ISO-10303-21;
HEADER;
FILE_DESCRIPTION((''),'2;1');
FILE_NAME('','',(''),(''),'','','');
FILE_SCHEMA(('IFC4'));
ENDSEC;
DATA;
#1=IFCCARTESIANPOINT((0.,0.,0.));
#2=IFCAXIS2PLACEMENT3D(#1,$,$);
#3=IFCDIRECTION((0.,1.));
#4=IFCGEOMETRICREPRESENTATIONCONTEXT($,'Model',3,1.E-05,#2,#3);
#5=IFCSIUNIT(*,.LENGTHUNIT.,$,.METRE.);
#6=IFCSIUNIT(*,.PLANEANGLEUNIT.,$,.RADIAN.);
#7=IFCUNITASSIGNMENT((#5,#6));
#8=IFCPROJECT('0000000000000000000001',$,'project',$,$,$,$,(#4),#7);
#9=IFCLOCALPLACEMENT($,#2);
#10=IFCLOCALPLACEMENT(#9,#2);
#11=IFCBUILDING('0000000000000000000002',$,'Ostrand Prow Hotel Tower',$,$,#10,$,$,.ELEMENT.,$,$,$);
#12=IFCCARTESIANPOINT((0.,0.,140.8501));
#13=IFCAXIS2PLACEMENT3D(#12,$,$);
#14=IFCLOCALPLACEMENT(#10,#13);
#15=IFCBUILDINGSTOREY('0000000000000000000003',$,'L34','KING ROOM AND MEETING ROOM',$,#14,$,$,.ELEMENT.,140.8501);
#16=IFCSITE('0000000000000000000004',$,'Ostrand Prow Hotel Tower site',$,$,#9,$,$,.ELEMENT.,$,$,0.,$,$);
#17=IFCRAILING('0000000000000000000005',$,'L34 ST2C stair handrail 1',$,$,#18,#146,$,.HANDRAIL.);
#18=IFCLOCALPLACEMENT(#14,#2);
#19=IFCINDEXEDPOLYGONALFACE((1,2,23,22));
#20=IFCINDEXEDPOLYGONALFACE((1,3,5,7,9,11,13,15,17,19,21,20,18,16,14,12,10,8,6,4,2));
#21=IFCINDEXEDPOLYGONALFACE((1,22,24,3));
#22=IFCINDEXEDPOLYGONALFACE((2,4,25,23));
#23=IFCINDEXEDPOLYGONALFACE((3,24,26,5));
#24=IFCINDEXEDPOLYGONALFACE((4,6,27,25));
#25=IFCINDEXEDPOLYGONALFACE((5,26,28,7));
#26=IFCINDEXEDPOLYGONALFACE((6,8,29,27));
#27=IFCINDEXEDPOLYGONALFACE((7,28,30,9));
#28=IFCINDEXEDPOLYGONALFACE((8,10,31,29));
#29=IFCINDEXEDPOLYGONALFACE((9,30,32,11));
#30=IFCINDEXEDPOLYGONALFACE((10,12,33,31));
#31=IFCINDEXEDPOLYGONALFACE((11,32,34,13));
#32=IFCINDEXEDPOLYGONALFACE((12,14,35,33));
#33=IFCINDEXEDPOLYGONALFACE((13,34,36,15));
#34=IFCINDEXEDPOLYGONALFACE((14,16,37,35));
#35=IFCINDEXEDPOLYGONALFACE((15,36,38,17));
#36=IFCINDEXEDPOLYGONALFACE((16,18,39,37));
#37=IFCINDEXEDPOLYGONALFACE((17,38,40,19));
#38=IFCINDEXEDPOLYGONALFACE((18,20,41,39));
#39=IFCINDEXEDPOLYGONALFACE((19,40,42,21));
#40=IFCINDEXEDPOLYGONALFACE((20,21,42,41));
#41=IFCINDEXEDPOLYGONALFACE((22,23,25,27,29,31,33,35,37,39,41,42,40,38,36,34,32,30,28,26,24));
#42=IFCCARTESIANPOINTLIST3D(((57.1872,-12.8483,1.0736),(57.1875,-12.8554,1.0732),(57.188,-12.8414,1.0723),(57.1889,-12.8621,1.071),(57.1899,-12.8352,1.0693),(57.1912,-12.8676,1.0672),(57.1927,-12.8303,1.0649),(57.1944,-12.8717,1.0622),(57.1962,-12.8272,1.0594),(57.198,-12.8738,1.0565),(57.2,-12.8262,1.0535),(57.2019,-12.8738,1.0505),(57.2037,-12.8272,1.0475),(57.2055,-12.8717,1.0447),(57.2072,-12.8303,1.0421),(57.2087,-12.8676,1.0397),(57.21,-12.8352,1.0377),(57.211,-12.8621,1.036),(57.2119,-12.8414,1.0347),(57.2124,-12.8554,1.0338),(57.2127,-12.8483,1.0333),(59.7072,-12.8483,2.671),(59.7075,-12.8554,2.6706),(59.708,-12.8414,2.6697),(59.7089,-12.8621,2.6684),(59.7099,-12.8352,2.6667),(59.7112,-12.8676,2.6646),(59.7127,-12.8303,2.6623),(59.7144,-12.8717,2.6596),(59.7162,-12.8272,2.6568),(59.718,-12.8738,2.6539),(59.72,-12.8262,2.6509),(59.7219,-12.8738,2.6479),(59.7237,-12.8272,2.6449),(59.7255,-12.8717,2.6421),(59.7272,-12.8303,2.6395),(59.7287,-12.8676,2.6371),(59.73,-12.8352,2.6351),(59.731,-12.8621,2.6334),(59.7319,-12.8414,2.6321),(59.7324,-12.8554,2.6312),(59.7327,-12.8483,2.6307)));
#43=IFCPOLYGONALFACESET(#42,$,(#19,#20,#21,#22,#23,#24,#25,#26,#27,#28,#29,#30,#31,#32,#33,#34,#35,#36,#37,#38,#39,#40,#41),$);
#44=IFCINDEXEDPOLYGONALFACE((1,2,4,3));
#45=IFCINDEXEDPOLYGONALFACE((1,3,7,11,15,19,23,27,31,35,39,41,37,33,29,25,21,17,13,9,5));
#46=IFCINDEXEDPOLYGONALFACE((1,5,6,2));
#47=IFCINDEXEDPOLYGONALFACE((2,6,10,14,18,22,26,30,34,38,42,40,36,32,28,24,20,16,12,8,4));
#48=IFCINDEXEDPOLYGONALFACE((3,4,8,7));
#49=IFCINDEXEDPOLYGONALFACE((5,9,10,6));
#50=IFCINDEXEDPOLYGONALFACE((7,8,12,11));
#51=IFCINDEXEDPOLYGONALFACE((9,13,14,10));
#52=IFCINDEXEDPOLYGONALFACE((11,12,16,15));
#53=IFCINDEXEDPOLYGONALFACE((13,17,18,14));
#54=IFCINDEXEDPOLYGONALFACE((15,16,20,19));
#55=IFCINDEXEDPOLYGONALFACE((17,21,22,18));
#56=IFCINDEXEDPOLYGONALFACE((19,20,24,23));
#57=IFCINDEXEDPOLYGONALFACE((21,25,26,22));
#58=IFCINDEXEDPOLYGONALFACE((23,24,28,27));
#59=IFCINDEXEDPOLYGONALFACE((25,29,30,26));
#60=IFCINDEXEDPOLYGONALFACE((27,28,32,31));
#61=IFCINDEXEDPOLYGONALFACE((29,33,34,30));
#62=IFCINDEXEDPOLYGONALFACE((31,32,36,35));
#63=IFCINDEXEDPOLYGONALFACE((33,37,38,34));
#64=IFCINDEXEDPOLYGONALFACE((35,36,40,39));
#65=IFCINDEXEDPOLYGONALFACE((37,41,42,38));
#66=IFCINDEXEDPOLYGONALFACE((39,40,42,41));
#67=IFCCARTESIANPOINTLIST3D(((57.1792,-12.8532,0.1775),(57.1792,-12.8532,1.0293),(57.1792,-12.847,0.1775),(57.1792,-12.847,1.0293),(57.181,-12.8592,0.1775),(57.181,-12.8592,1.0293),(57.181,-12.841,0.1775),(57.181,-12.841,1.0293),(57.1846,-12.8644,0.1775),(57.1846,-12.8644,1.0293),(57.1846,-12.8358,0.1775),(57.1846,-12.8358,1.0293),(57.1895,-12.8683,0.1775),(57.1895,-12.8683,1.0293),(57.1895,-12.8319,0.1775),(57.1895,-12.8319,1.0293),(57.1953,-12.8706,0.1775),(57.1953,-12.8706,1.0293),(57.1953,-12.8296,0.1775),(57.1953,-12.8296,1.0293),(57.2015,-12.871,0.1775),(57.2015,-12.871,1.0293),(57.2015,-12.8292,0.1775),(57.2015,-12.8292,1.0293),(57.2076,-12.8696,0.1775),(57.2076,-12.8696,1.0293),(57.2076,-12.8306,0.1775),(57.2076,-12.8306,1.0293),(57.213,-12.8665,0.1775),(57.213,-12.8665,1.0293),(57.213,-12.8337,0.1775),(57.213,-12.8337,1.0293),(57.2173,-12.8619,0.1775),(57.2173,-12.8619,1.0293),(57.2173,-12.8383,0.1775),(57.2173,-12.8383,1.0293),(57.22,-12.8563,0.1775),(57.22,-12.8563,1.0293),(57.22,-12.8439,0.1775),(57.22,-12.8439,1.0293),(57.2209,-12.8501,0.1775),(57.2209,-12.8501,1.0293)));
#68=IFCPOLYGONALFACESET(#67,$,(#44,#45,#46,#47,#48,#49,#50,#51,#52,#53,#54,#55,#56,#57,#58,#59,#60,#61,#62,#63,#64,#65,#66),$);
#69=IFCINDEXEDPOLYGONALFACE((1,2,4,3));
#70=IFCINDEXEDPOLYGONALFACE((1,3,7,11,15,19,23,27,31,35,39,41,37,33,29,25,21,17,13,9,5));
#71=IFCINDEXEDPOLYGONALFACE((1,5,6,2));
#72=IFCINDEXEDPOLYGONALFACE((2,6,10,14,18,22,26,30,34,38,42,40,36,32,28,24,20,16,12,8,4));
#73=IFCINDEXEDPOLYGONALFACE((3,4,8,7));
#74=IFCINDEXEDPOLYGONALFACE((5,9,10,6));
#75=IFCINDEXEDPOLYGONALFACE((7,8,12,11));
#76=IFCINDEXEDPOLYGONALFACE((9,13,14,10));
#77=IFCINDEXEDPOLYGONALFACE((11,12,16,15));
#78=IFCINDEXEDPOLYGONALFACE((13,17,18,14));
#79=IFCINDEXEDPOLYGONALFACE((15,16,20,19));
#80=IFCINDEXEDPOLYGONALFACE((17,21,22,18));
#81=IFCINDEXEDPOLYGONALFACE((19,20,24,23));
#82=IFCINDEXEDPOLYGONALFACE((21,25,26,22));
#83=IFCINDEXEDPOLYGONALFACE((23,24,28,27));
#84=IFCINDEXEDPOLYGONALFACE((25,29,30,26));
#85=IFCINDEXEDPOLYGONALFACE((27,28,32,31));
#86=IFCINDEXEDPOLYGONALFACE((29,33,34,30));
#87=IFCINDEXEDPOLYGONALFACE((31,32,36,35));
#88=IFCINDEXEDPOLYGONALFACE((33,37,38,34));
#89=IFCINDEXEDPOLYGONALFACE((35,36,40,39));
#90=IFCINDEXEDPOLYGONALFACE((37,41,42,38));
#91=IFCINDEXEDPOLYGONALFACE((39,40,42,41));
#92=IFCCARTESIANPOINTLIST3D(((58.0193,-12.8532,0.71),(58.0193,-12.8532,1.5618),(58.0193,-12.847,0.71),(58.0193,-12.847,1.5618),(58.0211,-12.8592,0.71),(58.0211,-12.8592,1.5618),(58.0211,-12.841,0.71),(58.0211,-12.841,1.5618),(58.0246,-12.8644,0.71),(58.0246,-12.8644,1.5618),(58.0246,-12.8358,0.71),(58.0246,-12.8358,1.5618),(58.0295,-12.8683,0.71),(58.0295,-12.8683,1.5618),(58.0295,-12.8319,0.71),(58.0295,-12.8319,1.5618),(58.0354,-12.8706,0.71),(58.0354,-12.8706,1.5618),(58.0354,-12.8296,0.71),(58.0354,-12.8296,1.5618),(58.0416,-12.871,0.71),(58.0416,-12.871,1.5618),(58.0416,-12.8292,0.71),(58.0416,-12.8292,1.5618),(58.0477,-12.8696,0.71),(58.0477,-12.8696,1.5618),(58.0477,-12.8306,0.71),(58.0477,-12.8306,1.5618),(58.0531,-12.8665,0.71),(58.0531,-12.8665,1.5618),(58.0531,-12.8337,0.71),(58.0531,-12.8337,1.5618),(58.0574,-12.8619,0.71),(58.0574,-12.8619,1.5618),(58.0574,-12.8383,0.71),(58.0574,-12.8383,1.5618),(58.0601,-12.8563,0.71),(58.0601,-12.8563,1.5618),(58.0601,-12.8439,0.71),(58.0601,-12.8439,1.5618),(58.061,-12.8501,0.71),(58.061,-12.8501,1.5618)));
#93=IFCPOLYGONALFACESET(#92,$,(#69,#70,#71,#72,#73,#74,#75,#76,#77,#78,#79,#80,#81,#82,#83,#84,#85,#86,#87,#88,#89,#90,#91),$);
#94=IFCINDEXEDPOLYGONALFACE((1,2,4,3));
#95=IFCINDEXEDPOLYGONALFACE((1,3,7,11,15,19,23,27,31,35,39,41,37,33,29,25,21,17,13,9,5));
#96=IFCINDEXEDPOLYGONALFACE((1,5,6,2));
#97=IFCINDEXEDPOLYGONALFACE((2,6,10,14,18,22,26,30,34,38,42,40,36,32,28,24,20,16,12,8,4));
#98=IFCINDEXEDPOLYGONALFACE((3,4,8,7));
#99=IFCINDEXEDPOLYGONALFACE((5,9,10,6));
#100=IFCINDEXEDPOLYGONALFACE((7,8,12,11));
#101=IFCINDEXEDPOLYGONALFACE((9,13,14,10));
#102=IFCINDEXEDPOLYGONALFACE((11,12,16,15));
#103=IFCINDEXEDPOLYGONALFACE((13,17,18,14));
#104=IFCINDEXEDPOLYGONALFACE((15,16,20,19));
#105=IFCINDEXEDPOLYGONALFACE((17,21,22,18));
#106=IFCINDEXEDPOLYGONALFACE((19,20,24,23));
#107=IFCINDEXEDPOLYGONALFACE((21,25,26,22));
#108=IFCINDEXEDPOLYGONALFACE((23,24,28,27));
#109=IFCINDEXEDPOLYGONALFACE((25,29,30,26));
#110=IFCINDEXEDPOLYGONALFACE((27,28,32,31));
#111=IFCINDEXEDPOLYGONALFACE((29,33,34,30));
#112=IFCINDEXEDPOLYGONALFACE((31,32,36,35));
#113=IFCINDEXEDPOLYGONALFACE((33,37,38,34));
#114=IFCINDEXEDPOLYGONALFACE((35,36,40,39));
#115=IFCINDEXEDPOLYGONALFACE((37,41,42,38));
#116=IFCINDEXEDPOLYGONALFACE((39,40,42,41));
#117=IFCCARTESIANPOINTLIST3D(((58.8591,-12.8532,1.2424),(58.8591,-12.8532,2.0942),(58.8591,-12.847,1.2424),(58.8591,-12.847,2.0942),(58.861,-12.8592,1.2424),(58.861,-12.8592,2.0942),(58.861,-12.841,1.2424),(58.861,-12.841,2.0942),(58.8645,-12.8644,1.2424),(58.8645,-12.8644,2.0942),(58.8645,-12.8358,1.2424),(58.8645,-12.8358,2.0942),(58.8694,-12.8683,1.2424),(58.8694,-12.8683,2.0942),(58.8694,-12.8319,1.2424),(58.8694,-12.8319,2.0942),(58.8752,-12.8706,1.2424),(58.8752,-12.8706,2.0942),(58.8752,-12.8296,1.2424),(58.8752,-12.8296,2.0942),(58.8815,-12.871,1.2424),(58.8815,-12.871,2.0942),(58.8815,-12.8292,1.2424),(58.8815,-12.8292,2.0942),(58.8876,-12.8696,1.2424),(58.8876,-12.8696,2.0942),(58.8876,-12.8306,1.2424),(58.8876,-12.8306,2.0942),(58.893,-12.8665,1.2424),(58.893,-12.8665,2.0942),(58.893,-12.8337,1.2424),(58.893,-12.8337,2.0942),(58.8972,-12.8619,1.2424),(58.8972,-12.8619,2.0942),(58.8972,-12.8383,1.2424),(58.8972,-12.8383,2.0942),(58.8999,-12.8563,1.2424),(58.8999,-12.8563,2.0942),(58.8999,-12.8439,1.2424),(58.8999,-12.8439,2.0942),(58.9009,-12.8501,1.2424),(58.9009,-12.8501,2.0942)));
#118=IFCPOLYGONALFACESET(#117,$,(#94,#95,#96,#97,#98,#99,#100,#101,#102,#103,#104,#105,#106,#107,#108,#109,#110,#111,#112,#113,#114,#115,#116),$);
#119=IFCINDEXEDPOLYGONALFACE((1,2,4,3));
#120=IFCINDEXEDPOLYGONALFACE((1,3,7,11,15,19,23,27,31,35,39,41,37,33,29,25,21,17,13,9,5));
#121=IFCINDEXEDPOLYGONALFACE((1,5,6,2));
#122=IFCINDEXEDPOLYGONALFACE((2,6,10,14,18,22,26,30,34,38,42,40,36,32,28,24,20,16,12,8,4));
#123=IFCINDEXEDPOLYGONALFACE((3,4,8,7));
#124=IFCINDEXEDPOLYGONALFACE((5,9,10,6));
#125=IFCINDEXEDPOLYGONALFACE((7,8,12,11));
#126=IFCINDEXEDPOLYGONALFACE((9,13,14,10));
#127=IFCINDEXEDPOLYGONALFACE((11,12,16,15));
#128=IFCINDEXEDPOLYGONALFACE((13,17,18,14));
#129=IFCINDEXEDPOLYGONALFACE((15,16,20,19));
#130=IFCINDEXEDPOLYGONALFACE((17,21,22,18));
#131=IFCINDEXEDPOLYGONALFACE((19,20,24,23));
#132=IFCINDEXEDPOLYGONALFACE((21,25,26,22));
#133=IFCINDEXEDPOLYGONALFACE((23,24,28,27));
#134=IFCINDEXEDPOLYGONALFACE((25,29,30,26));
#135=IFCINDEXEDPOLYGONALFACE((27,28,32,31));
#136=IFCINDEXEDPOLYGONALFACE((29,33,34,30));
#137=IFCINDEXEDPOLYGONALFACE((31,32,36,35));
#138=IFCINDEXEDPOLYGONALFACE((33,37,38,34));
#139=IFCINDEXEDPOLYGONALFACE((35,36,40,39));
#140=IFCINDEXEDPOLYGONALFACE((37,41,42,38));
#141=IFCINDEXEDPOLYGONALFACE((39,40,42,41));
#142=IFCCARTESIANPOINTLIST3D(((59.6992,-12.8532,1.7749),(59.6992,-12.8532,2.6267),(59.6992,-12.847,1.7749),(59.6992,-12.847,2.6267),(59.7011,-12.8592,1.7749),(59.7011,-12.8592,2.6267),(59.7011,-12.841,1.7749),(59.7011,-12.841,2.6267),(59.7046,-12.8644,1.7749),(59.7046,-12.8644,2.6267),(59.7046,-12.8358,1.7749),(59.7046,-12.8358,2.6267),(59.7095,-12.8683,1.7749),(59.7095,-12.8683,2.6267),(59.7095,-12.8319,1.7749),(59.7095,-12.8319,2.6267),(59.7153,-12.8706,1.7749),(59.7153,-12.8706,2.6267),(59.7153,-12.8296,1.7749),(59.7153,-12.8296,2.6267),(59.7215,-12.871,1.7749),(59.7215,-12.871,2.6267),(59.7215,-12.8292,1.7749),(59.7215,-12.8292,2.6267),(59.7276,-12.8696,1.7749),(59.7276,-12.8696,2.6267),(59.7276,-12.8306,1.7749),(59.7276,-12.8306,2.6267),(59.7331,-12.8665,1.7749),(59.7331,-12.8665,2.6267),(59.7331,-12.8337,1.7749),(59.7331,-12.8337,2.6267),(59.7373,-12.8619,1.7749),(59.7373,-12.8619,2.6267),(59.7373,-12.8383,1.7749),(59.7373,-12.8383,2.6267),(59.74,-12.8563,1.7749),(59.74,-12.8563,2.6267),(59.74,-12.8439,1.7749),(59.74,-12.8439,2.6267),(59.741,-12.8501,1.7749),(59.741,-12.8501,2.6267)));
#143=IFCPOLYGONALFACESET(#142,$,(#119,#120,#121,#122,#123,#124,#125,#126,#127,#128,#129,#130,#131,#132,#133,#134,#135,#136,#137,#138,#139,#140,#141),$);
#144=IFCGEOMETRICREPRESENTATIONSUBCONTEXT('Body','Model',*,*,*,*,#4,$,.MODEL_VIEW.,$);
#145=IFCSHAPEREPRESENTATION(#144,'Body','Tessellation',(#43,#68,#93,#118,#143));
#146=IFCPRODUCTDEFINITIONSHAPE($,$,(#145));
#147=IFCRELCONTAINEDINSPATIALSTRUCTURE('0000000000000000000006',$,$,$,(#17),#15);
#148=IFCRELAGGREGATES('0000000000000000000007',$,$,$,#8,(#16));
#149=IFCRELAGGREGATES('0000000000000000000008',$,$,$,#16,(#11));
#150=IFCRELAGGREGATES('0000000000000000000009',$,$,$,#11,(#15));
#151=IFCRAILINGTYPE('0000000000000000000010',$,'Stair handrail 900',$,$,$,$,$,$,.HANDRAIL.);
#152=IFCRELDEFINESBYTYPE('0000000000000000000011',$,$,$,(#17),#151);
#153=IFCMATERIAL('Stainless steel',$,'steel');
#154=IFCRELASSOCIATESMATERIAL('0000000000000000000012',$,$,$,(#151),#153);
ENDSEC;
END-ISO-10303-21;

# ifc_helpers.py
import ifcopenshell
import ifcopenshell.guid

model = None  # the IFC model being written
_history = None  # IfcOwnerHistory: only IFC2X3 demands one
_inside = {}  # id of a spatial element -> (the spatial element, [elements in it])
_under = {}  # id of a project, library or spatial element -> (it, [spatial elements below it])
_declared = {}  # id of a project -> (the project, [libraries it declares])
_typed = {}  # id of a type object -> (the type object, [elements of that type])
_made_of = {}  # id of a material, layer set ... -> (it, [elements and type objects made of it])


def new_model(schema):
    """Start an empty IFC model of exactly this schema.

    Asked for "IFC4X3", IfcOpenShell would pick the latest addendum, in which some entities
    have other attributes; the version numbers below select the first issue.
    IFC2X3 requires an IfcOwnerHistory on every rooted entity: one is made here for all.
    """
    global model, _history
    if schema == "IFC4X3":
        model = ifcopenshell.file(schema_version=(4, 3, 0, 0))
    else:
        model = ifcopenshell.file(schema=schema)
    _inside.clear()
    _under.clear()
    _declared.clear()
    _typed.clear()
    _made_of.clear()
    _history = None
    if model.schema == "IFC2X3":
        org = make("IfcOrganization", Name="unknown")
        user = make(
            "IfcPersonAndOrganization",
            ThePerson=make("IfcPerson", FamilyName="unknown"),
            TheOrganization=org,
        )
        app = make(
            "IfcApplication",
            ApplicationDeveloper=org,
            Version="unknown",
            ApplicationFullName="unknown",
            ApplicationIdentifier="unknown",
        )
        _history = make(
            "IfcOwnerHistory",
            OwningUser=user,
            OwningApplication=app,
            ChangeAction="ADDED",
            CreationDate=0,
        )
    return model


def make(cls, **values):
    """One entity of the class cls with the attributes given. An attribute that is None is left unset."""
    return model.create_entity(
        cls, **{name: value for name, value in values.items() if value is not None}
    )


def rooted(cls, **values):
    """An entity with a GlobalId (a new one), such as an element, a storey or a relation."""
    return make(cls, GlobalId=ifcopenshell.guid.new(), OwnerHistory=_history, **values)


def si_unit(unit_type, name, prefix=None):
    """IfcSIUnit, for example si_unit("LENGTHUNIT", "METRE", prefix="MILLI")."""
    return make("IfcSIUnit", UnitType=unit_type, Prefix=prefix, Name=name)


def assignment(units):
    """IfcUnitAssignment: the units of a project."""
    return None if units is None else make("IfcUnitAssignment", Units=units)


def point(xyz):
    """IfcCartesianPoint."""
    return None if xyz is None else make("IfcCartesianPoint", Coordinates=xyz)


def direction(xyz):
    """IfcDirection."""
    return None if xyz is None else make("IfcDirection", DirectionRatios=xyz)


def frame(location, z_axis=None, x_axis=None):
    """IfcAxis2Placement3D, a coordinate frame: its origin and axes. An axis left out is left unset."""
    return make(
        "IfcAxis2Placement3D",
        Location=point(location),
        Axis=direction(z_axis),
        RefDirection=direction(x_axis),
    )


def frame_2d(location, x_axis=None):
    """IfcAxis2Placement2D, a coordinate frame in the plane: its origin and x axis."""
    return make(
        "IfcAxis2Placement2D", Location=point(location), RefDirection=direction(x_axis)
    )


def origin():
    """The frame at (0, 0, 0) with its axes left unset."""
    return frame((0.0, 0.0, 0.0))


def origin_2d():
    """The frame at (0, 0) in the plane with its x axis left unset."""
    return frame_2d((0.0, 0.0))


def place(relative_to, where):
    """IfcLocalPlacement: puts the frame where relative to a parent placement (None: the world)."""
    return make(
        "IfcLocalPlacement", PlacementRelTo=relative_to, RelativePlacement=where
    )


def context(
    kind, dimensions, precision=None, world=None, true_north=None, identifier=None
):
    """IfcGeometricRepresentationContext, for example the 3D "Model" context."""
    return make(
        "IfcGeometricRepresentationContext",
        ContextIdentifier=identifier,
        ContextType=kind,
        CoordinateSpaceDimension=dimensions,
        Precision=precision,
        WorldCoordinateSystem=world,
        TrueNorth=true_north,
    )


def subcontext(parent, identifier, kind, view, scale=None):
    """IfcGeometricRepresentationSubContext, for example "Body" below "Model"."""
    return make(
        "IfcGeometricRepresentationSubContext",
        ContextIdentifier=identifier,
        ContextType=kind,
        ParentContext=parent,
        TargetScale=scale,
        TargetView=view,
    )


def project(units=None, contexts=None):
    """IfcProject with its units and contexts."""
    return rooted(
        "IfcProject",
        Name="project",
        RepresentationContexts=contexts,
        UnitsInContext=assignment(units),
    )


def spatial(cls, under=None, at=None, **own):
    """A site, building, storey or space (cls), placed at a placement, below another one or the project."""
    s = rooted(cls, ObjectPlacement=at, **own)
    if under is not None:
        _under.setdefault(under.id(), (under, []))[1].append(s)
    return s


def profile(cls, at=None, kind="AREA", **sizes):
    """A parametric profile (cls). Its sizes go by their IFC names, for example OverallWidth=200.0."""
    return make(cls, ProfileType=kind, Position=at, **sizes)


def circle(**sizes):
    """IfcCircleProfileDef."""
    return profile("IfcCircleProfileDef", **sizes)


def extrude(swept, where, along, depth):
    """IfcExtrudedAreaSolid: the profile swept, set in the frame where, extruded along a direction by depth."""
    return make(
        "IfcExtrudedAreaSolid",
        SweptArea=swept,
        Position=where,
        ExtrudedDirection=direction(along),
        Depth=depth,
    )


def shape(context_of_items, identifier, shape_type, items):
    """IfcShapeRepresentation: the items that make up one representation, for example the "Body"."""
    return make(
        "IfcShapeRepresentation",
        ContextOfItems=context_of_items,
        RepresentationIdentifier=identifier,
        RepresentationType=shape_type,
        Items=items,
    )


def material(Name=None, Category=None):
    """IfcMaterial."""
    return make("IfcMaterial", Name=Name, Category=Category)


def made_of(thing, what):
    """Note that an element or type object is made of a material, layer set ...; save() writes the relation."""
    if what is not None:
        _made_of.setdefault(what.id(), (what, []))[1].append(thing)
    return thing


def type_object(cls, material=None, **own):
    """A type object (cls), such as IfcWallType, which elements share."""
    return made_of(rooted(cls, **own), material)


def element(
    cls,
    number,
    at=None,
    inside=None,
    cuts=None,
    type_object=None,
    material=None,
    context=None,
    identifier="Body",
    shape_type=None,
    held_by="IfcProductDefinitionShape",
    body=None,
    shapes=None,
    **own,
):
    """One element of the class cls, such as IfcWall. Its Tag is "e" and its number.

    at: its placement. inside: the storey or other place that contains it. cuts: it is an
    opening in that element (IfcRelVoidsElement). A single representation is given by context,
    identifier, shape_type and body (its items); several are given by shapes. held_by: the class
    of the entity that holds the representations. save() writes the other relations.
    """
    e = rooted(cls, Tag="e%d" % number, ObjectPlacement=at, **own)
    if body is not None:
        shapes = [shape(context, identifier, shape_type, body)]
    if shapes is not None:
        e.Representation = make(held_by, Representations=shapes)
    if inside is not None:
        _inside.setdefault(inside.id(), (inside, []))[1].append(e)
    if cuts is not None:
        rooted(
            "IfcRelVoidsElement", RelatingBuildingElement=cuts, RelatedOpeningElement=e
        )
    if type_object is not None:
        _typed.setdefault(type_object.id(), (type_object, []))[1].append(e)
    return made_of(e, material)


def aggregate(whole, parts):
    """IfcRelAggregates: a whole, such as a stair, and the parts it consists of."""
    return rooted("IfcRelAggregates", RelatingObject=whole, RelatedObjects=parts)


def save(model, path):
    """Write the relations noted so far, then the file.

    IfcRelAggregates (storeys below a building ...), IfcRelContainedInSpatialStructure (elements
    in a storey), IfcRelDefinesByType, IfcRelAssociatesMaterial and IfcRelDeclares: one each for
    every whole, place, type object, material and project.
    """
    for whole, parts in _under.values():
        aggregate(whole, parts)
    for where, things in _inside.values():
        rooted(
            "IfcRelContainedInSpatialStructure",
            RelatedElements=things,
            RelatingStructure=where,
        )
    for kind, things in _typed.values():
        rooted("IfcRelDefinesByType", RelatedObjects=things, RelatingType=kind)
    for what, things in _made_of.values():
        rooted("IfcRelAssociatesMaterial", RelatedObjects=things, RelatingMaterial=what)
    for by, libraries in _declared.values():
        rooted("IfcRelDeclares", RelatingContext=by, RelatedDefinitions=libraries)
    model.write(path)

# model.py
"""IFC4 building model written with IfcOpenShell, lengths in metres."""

from ifc_helpers import new_model, si_unit, direction, frame, origin, origin_2d, place, context, subcontext, project, spatial, circle, extrude, material, type_object, element, save


model = new_model("IFC4")

# Units and contexts
model_context = context("Model", 3, precision=1e-05, world=origin(), true_north=direction((0.0, 1.0)))
body_context = subcontext(model_context, "Body", "Model", "MODEL_VIEW")
ifc_project = project(units=[si_unit("LENGTHUNIT", "METRE"), si_unit("PLANEANGLEUNIT", "RADIAN")], contexts=[model_context])

# Site, building, storey
site_placement = place(None, origin())
site = spatial("IfcSite", under=ifc_project, at=site_placement, Name="Ostrand Prow Hotel Tower site", CompositionType="ELEMENT", RefElevation=0.0)
building_placement = place(site_placement, origin())
building = spatial("IfcBuilding", under=site, at=building_placement, Name="Ostrand Prow Hotel Tower", CompositionType="ELEMENT")
storey_placement = place(building_placement, frame((0.0, 0.0, 140.8501)))
storey = spatial("IfcBuildingStorey", under=building, at=storey_placement, Name="L34", Description="KING ROOM AND MEETING ROOM", CompositionType="ELEMENT", Elevation=140.8501)

# Railing
ifc_material_1 = material(Name="Stainless steel", Category="steel")
railing_type = type_object("IfcRailingType", Name="Stair handrail 900", PredefinedType="HANDRAIL", material=ifc_material_1)
railing_placement = place(storey_placement, frame((57.2, -12.8501, 0.1775)))
element("IfcRailing", 1, at=railing_placement, inside=storey, type_object=railing_type, Name="L34 ST2C stair handrail 1", PredefinedType="HANDRAIL", context=body_context, shape_type="SweptSolid", body=[
    extrude(circle(Radius=0.0239, at=origin_2d()), frame((0.0, 0.0, 0.876), z_axis=(0.844607, 0.0, 0.535387), x_axis=(0.0, 1.0, 0.0)), (0.0, 0.0, 1.0), 2.9836),
    extrude(circle(Radius=0.021, at=origin_2d()), origin(), (0.0, 0.0, 1.0), 0.8518),
    extrude(circle(Radius=0.021, at=origin_2d()), frame((0.8401, 0.0, 0.5325)), (0.0, 0.0, 1.0), 0.8518),
    extrude(circle(Radius=0.021, at=origin_2d()), frame((1.6799, 0.0, 1.0649)), (0.0, 0.0, 1.0), 0.8518),
    extrude(circle(Radius=0.021, at=origin_2d()), frame((2.52, 0.0, 1.5974)), (0.0, 0.0, 1.0), 0.8518),
])

save(model, "model.ifc")
